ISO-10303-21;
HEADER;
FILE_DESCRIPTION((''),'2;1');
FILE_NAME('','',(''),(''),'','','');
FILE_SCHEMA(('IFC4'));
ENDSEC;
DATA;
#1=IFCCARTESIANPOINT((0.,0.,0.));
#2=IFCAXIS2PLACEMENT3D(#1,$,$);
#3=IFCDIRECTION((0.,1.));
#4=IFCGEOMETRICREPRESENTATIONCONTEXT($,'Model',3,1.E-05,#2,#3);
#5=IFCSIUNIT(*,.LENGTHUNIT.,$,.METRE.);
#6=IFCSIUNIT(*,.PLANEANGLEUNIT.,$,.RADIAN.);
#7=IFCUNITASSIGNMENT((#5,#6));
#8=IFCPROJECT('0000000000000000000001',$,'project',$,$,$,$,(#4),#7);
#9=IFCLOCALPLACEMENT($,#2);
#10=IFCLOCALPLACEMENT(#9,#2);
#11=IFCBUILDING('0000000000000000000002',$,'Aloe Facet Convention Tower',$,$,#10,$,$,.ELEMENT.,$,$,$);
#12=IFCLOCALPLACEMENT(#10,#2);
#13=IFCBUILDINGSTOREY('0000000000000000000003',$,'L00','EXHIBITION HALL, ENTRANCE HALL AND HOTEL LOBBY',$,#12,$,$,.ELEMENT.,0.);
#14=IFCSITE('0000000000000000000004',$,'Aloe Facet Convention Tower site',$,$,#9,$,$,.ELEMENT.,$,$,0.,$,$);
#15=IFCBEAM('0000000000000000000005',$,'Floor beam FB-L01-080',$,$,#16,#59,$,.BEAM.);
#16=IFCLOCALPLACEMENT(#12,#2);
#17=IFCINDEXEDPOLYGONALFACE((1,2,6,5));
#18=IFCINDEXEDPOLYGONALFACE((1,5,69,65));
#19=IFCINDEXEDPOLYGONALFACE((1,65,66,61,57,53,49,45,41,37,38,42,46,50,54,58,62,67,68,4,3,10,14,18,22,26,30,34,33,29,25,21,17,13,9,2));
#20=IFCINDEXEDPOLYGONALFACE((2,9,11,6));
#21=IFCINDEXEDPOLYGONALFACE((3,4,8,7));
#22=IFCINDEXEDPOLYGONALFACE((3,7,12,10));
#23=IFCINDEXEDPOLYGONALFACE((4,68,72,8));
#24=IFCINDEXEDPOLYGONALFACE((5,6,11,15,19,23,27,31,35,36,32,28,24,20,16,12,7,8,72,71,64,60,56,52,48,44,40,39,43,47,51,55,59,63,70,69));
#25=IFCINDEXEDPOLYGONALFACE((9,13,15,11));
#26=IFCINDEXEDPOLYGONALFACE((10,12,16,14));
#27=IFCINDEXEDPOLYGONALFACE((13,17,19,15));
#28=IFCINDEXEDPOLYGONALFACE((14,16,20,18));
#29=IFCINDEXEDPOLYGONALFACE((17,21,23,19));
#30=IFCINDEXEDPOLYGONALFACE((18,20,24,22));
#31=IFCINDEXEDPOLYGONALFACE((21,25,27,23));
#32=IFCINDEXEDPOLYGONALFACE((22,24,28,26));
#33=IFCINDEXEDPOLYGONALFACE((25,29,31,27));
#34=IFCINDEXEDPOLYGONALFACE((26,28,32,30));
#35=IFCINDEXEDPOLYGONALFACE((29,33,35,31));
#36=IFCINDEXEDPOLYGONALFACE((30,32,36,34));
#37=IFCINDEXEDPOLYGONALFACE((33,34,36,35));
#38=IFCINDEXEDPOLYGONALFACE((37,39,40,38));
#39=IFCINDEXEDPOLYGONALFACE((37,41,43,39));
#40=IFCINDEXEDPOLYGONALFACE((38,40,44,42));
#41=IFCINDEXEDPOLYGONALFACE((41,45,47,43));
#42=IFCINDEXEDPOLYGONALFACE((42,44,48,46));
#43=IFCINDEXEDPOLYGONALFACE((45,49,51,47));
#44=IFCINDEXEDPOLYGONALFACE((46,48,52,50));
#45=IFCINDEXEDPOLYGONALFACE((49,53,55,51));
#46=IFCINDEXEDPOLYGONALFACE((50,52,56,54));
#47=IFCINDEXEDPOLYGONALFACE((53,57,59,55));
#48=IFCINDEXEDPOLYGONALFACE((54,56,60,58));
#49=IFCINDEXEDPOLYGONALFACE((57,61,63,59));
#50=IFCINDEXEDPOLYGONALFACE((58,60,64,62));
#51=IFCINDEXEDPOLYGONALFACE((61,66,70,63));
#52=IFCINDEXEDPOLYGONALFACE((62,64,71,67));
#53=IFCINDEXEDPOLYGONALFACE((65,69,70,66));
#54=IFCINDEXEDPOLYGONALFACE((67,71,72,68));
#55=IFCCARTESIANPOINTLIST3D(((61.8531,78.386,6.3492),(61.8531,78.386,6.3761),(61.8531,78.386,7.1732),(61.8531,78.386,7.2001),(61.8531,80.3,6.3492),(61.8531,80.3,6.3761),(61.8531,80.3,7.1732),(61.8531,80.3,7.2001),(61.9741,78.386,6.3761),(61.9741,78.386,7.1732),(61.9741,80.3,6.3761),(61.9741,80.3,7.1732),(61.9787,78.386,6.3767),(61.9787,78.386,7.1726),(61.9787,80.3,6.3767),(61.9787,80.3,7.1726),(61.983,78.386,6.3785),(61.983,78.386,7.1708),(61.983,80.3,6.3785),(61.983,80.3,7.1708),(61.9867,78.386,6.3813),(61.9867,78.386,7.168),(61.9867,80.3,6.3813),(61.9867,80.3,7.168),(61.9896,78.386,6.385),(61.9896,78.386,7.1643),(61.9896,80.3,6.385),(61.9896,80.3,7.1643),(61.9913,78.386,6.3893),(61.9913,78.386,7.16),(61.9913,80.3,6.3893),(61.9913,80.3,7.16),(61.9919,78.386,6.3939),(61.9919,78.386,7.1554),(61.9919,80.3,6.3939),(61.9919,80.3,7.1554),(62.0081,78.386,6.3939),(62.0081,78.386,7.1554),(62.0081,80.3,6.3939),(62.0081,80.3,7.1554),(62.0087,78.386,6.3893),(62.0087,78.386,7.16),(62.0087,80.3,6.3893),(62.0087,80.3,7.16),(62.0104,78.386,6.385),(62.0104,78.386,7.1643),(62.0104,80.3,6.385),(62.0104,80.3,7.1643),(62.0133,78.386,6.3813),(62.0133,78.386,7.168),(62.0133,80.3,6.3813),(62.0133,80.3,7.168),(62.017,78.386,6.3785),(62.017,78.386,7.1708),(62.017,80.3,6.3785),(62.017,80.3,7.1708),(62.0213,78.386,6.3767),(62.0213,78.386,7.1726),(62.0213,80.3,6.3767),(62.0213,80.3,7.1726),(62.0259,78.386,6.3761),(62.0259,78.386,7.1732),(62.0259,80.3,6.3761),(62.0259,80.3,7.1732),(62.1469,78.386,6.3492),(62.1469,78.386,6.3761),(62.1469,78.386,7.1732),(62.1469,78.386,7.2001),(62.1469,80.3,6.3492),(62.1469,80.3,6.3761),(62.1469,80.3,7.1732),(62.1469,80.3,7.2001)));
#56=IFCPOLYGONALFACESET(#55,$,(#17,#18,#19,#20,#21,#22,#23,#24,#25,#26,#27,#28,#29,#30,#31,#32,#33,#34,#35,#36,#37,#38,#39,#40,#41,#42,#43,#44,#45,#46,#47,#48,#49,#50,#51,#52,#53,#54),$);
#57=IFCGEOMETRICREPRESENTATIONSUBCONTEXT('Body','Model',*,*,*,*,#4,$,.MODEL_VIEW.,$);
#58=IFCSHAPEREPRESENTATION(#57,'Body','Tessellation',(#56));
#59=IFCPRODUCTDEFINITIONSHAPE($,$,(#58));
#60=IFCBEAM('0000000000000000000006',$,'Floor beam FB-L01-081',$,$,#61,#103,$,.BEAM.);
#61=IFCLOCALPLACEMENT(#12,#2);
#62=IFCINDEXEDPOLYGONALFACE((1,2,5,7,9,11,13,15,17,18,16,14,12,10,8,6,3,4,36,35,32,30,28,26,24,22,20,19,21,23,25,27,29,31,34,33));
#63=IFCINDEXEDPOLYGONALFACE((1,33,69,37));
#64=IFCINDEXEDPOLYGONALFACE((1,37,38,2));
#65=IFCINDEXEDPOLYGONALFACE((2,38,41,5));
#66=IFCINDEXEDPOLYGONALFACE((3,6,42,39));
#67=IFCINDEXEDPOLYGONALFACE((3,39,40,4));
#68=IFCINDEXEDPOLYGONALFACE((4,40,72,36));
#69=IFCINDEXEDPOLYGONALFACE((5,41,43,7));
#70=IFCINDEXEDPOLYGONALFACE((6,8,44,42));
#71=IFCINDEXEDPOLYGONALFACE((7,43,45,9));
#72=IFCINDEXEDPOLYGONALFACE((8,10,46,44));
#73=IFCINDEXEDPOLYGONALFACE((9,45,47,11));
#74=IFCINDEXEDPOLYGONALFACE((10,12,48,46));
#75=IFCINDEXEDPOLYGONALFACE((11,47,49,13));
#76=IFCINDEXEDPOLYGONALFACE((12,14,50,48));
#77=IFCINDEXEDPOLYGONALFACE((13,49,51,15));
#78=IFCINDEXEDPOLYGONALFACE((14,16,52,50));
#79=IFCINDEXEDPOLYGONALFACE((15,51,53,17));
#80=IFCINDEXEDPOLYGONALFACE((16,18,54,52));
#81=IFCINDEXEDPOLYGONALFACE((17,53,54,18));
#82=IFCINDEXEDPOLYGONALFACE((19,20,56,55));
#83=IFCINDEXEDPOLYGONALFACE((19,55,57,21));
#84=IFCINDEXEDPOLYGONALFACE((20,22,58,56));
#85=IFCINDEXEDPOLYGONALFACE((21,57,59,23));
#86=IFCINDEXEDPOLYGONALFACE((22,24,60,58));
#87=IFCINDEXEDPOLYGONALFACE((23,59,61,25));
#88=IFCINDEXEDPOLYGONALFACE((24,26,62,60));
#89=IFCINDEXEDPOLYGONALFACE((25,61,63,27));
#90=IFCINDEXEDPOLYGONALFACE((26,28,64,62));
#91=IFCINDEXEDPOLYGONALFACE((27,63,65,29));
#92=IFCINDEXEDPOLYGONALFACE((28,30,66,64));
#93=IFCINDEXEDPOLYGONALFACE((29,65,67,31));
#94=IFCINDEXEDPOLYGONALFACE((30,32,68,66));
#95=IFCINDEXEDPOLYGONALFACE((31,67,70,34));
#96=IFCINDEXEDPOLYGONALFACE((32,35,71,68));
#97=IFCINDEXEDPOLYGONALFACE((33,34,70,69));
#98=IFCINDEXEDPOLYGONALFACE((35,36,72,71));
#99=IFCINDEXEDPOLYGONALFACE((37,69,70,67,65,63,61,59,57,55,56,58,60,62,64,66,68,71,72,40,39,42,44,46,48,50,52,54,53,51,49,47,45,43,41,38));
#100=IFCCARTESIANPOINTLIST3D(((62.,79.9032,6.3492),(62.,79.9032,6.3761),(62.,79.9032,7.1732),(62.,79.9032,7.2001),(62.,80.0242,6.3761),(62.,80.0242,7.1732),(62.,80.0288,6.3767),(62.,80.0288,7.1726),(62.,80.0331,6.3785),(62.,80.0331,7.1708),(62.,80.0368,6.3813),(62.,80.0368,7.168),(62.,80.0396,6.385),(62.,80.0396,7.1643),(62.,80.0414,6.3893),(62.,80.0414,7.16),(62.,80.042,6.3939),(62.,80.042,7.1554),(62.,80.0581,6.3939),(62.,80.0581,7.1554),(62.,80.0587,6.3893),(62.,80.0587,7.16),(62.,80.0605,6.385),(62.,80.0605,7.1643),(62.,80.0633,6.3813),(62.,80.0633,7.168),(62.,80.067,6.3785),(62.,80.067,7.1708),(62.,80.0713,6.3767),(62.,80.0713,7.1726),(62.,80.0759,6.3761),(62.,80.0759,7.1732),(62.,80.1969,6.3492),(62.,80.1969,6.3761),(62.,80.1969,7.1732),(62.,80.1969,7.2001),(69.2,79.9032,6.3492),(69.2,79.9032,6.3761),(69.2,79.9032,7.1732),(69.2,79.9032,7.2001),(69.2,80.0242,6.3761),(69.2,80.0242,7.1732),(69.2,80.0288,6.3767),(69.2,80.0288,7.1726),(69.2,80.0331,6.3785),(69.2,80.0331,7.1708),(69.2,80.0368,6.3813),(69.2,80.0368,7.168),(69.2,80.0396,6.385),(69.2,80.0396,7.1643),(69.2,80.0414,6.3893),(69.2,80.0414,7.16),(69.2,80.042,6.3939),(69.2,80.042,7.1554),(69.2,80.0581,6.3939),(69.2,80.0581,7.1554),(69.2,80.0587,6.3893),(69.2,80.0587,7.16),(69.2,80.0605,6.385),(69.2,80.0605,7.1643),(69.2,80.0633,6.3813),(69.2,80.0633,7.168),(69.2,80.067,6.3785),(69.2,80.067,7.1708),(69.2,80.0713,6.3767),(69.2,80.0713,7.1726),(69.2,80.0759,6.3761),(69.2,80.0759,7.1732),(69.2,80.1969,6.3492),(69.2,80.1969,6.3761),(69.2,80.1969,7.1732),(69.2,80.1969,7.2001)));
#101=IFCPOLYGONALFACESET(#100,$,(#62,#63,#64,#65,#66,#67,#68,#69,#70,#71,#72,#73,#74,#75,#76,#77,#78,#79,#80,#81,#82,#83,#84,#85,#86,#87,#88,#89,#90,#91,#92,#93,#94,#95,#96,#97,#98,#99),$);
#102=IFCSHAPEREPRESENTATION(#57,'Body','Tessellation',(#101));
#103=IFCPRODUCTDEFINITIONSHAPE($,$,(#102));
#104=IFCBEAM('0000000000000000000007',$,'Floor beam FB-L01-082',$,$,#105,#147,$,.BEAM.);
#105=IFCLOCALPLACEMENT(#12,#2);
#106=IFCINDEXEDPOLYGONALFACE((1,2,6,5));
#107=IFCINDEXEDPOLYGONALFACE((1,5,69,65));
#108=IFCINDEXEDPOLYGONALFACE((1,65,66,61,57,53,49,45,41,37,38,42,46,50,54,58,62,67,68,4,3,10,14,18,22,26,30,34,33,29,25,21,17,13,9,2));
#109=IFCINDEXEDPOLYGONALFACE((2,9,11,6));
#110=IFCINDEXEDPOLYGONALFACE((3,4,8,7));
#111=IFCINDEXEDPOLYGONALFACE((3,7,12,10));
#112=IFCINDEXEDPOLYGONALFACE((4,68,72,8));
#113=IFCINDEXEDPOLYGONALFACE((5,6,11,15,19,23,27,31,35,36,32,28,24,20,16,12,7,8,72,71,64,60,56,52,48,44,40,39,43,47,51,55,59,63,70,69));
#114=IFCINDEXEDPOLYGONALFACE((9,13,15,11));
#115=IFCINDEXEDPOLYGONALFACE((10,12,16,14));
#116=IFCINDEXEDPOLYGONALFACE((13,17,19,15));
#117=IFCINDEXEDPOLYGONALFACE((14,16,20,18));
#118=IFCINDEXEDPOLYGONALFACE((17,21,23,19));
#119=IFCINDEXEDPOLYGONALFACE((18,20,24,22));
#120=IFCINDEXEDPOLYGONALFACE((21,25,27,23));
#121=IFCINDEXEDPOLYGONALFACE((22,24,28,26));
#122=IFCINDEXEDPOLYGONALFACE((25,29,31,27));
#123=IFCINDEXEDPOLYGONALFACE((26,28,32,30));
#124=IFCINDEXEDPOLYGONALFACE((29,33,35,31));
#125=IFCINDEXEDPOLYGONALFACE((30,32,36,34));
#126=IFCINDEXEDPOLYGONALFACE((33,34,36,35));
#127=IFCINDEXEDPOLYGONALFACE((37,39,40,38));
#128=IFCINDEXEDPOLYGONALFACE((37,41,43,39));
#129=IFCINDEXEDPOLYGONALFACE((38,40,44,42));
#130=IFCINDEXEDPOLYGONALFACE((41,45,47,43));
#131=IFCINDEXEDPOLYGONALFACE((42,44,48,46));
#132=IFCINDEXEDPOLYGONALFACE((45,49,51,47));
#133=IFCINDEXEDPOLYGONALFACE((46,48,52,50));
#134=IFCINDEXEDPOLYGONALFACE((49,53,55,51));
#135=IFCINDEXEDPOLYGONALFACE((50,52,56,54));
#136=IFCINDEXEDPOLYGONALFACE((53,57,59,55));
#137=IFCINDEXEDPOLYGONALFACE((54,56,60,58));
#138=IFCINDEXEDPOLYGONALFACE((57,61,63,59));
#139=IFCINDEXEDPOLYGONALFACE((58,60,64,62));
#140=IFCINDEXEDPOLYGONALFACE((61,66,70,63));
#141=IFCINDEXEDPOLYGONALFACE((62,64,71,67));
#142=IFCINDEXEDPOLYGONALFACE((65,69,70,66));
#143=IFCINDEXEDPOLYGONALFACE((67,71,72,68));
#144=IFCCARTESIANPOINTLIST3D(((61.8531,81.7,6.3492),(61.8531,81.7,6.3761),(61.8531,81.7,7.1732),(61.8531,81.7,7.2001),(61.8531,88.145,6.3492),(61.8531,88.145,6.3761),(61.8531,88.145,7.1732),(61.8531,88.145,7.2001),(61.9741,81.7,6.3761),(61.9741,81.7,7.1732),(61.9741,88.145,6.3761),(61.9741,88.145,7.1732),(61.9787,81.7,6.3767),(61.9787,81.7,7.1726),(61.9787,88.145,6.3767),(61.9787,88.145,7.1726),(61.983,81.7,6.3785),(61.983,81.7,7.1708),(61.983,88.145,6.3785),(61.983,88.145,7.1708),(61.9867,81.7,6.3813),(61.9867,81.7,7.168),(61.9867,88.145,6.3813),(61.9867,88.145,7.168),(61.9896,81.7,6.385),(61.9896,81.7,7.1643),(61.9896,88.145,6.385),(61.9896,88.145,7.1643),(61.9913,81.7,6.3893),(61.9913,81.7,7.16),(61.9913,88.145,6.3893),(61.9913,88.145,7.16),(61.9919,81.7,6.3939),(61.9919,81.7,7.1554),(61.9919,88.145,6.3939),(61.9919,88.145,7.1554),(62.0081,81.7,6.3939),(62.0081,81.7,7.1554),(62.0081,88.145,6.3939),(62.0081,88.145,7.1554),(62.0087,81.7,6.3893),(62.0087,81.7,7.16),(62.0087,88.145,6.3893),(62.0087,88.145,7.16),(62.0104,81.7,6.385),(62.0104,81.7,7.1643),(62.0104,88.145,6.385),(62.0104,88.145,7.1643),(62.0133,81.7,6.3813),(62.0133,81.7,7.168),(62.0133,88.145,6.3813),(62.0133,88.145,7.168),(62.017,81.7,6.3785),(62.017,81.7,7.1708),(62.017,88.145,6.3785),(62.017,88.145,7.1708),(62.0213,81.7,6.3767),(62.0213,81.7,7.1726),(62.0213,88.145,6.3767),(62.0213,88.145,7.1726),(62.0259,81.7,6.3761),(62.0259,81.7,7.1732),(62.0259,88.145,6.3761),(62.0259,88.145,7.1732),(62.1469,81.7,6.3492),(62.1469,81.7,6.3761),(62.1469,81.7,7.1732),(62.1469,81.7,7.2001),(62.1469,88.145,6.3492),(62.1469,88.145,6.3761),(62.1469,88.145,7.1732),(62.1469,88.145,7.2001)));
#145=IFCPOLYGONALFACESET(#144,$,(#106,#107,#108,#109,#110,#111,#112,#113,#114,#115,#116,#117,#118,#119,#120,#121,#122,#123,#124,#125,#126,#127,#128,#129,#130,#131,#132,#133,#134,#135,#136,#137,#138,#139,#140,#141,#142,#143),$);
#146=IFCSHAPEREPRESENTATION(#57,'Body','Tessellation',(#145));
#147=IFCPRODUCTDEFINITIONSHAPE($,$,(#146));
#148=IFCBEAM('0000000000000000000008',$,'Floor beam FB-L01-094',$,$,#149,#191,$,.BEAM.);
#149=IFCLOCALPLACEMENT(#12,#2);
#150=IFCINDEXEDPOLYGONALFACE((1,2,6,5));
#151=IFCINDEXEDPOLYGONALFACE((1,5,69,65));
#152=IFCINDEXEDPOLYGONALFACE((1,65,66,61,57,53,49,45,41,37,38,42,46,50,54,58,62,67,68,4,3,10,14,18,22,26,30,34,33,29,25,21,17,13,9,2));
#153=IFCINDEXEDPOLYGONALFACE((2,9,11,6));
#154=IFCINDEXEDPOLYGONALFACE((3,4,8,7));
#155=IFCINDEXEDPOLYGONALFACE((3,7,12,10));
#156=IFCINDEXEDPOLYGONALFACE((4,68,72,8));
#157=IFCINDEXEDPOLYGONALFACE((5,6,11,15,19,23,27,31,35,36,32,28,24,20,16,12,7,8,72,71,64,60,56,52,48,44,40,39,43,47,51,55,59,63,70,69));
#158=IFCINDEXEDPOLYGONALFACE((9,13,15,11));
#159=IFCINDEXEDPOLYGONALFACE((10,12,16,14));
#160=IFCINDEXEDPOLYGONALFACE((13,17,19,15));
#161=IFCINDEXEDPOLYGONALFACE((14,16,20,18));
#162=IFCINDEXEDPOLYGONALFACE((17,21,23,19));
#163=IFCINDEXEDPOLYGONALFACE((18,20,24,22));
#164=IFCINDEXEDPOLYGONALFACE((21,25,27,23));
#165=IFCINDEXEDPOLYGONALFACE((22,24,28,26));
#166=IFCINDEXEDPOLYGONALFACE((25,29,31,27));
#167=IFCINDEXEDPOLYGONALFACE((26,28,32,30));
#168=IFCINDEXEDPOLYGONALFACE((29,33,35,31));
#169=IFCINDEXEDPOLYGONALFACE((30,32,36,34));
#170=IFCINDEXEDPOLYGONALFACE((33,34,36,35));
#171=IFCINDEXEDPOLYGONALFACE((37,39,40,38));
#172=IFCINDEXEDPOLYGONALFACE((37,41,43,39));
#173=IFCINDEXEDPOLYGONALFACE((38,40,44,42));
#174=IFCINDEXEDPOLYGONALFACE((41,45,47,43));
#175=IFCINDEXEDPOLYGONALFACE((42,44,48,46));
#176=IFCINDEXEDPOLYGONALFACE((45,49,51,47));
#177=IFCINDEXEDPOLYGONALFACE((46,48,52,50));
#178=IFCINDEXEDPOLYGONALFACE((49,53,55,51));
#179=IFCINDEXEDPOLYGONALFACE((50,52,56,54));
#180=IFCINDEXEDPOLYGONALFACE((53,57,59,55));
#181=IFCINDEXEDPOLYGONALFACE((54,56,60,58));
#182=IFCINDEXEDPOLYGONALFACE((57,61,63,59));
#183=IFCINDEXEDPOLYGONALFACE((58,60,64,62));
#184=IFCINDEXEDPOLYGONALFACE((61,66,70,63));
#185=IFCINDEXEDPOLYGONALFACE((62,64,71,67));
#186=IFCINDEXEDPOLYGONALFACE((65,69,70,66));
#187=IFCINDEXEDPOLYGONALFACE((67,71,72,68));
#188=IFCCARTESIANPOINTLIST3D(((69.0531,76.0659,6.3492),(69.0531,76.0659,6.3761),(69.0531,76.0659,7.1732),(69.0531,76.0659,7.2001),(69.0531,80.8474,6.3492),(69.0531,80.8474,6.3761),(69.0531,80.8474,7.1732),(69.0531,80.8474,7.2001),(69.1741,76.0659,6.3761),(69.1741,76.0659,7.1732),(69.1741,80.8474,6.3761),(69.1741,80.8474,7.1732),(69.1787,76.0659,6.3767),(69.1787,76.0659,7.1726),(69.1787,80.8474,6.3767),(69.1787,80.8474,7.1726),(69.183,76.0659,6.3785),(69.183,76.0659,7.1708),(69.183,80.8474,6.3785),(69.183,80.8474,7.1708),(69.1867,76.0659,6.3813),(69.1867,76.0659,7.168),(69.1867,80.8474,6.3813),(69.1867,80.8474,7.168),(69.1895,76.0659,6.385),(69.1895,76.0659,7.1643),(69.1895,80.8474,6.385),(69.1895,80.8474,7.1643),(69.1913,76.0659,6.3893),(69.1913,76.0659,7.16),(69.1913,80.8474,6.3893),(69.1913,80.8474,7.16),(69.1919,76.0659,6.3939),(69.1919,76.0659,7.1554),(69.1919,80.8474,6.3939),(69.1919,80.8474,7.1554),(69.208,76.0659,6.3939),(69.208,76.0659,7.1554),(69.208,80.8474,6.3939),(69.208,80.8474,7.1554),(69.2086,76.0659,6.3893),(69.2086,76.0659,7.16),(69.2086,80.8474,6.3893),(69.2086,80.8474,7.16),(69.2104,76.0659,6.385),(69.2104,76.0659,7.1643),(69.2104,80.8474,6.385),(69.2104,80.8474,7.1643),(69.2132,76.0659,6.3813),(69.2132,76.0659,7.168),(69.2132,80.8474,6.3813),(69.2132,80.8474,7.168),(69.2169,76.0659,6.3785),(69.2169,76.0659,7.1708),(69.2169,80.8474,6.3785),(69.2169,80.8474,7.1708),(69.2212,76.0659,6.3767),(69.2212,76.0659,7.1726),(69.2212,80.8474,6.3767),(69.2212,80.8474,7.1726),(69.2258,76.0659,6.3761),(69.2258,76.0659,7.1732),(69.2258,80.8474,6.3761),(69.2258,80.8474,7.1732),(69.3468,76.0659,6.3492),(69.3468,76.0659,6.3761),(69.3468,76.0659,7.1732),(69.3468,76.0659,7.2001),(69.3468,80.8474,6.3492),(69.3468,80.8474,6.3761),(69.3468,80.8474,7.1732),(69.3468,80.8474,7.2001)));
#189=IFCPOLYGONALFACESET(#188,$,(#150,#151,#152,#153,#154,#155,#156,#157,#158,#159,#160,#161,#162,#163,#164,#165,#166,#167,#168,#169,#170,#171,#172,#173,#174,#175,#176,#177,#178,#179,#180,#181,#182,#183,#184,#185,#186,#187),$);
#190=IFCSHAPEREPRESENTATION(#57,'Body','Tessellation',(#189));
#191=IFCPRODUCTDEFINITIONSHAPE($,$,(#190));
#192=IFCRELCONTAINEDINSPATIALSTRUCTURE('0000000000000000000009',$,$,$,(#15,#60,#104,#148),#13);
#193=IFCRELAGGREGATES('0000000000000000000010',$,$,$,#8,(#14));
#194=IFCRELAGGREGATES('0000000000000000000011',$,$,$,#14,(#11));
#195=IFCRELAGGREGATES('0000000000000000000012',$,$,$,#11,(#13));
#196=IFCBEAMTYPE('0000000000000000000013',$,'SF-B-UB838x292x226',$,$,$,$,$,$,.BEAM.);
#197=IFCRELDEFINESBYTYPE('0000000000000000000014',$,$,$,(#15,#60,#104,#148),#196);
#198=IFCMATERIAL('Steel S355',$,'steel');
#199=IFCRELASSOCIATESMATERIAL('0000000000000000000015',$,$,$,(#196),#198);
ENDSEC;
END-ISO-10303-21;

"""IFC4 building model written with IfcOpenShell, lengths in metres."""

from ifc_helpers import new_model, si_unit, direction, frame, origin, origin_2d, place, context, subcontext, project, spatial, i_section, extrude, material, material_profile, profile_set, type_object, element, save


model = new_model("IFC4")

# Units and contexts
model_context = context("Model", 3, precision=1e-05, world=origin(), true_north=direction((0.0, 1.0)))
body_context = subcontext(model_context, "Body", "Model", "MODEL_VIEW")
ifc_project = project(units=[si_unit("LENGTHUNIT", "METRE"), si_unit("PLANEANGLEUNIT", "RADIAN")], contexts=[model_context])

# Site, building, storey
site_placement = place(None, origin())
site = spatial("IfcSite", under=ifc_project, at=site_placement, Name="Aloe Facet Convention Tower site", CompositionType="ELEMENT", RefElevation=0.0)
building_placement = place(site_placement, origin())
building = spatial("IfcBuilding", under=site, at=building_placement, Name="Aloe Facet Convention Tower", CompositionType="ELEMENT")
storey_placement = place(building_placement, origin())
storey = spatial("IfcBuildingStorey", under=building, at=storey_placement, Name="L00", Description="EXHIBITION HALL, ENTRANCE HALL AND HOTEL LOBBY", CompositionType="ELEMENT", Elevation=0.0)

# Beams
ifc_material_1 = material(Name="Steel S355", Category="steel")
ifc_material_profile_1 = material_profile(ifc_material_1, i_section(OverallWidth=0.2937, OverallDepth=0.8508, WebThickness=0.0161, FlangeThickness=0.0269, FilletRadius=0.0178, at=origin_2d()), Name="UB 838x292x226")
ifc_profile_set_1 = profile_set([ifc_material_profile_1], Name="Steel S355")
beam_type_1 = type_object("IfcBeamType", Name="SF-B-UB838x292x226", PredefinedType="BEAM", material=ifc_profile_set_1)
beam_1_placement = place(storey_placement, frame((62.0, 78.386, 6.7747), z_axis=(0.0, 1.0, 0.0), x_axis=(-1.0, 0.0, 0.0)))
element("IfcBeam", 1, at=beam_1_placement, inside=storey, type_object=beam_type_1, Name="Floor beam FB-L01-080", PredefinedType="BEAM", context=body_context, shape_type="SweptSolid", body=[
    extrude(i_section(OverallWidth=0.2937, OverallDepth=0.8508, WebThickness=0.0161, FlangeThickness=0.0269, FilletRadius=0.0178, at=origin_2d()), origin(), (0.0, 0.0, 1.0), 1.9141),
])
beam_2_placement = place(storey_placement, frame((62.0, 80.05, 6.7747), z_axis=(1.0, 0.0, 0.0), x_axis=(0.0, 1.0, 0.0)))
element("IfcBeam", 2, at=beam_2_placement, inside=storey, type_object=beam_type_1, Name="Floor beam FB-L01-081", PredefinedType="BEAM", context=body_context, shape_type="SweptSolid", body=[
    extrude(i_section(OverallWidth=0.2937, OverallDepth=0.8508, WebThickness=0.0161, FlangeThickness=0.0269, FilletRadius=0.0178, at=origin_2d()), origin(), (0.0, 0.0, 1.0), 7.2),
])
beam_3_placement = place(storey_placement, frame((62.0, 81.7, 6.7747), z_axis=(0.0, 1.0, 0.0), x_axis=(-1.0, 0.0, 0.0)))
element("IfcBeam", 3, at=beam_3_placement, inside=storey, type_object=beam_type_1, Name="Floor beam FB-L01-082", PredefinedType="BEAM", context=body_context, shape_type="SweptSolid", body=[
    extrude(i_section(OverallWidth=0.2937, OverallDepth=0.8508, WebThickness=0.0161, FlangeThickness=0.0269, FilletRadius=0.0178, at=origin_2d()), origin(), (0.0, 0.0, 1.0), 6.4451),
])
beam_4_placement = place(storey_placement, frame((69.2, 76.0659, 6.7747), z_axis=(0.0, 1.0, 0.0), x_axis=(-1.0, 0.0, 0.0)))
element("IfcBeam", 4, at=beam_4_placement, inside=storey, type_object=beam_type_1, Name="Floor beam FB-L01-094", PredefinedType="BEAM", context=body_context, shape_type="SweptSolid", body=[
    extrude(i_section(OverallWidth=0.2937, OverallDepth=0.8508, WebThickness=0.0161, FlangeThickness=0.0269, FilletRadius=0.0178, at=origin_2d()), origin(), (0.0, 0.0, 1.0), 4.7815),
])

save(model, "model.ifc")
